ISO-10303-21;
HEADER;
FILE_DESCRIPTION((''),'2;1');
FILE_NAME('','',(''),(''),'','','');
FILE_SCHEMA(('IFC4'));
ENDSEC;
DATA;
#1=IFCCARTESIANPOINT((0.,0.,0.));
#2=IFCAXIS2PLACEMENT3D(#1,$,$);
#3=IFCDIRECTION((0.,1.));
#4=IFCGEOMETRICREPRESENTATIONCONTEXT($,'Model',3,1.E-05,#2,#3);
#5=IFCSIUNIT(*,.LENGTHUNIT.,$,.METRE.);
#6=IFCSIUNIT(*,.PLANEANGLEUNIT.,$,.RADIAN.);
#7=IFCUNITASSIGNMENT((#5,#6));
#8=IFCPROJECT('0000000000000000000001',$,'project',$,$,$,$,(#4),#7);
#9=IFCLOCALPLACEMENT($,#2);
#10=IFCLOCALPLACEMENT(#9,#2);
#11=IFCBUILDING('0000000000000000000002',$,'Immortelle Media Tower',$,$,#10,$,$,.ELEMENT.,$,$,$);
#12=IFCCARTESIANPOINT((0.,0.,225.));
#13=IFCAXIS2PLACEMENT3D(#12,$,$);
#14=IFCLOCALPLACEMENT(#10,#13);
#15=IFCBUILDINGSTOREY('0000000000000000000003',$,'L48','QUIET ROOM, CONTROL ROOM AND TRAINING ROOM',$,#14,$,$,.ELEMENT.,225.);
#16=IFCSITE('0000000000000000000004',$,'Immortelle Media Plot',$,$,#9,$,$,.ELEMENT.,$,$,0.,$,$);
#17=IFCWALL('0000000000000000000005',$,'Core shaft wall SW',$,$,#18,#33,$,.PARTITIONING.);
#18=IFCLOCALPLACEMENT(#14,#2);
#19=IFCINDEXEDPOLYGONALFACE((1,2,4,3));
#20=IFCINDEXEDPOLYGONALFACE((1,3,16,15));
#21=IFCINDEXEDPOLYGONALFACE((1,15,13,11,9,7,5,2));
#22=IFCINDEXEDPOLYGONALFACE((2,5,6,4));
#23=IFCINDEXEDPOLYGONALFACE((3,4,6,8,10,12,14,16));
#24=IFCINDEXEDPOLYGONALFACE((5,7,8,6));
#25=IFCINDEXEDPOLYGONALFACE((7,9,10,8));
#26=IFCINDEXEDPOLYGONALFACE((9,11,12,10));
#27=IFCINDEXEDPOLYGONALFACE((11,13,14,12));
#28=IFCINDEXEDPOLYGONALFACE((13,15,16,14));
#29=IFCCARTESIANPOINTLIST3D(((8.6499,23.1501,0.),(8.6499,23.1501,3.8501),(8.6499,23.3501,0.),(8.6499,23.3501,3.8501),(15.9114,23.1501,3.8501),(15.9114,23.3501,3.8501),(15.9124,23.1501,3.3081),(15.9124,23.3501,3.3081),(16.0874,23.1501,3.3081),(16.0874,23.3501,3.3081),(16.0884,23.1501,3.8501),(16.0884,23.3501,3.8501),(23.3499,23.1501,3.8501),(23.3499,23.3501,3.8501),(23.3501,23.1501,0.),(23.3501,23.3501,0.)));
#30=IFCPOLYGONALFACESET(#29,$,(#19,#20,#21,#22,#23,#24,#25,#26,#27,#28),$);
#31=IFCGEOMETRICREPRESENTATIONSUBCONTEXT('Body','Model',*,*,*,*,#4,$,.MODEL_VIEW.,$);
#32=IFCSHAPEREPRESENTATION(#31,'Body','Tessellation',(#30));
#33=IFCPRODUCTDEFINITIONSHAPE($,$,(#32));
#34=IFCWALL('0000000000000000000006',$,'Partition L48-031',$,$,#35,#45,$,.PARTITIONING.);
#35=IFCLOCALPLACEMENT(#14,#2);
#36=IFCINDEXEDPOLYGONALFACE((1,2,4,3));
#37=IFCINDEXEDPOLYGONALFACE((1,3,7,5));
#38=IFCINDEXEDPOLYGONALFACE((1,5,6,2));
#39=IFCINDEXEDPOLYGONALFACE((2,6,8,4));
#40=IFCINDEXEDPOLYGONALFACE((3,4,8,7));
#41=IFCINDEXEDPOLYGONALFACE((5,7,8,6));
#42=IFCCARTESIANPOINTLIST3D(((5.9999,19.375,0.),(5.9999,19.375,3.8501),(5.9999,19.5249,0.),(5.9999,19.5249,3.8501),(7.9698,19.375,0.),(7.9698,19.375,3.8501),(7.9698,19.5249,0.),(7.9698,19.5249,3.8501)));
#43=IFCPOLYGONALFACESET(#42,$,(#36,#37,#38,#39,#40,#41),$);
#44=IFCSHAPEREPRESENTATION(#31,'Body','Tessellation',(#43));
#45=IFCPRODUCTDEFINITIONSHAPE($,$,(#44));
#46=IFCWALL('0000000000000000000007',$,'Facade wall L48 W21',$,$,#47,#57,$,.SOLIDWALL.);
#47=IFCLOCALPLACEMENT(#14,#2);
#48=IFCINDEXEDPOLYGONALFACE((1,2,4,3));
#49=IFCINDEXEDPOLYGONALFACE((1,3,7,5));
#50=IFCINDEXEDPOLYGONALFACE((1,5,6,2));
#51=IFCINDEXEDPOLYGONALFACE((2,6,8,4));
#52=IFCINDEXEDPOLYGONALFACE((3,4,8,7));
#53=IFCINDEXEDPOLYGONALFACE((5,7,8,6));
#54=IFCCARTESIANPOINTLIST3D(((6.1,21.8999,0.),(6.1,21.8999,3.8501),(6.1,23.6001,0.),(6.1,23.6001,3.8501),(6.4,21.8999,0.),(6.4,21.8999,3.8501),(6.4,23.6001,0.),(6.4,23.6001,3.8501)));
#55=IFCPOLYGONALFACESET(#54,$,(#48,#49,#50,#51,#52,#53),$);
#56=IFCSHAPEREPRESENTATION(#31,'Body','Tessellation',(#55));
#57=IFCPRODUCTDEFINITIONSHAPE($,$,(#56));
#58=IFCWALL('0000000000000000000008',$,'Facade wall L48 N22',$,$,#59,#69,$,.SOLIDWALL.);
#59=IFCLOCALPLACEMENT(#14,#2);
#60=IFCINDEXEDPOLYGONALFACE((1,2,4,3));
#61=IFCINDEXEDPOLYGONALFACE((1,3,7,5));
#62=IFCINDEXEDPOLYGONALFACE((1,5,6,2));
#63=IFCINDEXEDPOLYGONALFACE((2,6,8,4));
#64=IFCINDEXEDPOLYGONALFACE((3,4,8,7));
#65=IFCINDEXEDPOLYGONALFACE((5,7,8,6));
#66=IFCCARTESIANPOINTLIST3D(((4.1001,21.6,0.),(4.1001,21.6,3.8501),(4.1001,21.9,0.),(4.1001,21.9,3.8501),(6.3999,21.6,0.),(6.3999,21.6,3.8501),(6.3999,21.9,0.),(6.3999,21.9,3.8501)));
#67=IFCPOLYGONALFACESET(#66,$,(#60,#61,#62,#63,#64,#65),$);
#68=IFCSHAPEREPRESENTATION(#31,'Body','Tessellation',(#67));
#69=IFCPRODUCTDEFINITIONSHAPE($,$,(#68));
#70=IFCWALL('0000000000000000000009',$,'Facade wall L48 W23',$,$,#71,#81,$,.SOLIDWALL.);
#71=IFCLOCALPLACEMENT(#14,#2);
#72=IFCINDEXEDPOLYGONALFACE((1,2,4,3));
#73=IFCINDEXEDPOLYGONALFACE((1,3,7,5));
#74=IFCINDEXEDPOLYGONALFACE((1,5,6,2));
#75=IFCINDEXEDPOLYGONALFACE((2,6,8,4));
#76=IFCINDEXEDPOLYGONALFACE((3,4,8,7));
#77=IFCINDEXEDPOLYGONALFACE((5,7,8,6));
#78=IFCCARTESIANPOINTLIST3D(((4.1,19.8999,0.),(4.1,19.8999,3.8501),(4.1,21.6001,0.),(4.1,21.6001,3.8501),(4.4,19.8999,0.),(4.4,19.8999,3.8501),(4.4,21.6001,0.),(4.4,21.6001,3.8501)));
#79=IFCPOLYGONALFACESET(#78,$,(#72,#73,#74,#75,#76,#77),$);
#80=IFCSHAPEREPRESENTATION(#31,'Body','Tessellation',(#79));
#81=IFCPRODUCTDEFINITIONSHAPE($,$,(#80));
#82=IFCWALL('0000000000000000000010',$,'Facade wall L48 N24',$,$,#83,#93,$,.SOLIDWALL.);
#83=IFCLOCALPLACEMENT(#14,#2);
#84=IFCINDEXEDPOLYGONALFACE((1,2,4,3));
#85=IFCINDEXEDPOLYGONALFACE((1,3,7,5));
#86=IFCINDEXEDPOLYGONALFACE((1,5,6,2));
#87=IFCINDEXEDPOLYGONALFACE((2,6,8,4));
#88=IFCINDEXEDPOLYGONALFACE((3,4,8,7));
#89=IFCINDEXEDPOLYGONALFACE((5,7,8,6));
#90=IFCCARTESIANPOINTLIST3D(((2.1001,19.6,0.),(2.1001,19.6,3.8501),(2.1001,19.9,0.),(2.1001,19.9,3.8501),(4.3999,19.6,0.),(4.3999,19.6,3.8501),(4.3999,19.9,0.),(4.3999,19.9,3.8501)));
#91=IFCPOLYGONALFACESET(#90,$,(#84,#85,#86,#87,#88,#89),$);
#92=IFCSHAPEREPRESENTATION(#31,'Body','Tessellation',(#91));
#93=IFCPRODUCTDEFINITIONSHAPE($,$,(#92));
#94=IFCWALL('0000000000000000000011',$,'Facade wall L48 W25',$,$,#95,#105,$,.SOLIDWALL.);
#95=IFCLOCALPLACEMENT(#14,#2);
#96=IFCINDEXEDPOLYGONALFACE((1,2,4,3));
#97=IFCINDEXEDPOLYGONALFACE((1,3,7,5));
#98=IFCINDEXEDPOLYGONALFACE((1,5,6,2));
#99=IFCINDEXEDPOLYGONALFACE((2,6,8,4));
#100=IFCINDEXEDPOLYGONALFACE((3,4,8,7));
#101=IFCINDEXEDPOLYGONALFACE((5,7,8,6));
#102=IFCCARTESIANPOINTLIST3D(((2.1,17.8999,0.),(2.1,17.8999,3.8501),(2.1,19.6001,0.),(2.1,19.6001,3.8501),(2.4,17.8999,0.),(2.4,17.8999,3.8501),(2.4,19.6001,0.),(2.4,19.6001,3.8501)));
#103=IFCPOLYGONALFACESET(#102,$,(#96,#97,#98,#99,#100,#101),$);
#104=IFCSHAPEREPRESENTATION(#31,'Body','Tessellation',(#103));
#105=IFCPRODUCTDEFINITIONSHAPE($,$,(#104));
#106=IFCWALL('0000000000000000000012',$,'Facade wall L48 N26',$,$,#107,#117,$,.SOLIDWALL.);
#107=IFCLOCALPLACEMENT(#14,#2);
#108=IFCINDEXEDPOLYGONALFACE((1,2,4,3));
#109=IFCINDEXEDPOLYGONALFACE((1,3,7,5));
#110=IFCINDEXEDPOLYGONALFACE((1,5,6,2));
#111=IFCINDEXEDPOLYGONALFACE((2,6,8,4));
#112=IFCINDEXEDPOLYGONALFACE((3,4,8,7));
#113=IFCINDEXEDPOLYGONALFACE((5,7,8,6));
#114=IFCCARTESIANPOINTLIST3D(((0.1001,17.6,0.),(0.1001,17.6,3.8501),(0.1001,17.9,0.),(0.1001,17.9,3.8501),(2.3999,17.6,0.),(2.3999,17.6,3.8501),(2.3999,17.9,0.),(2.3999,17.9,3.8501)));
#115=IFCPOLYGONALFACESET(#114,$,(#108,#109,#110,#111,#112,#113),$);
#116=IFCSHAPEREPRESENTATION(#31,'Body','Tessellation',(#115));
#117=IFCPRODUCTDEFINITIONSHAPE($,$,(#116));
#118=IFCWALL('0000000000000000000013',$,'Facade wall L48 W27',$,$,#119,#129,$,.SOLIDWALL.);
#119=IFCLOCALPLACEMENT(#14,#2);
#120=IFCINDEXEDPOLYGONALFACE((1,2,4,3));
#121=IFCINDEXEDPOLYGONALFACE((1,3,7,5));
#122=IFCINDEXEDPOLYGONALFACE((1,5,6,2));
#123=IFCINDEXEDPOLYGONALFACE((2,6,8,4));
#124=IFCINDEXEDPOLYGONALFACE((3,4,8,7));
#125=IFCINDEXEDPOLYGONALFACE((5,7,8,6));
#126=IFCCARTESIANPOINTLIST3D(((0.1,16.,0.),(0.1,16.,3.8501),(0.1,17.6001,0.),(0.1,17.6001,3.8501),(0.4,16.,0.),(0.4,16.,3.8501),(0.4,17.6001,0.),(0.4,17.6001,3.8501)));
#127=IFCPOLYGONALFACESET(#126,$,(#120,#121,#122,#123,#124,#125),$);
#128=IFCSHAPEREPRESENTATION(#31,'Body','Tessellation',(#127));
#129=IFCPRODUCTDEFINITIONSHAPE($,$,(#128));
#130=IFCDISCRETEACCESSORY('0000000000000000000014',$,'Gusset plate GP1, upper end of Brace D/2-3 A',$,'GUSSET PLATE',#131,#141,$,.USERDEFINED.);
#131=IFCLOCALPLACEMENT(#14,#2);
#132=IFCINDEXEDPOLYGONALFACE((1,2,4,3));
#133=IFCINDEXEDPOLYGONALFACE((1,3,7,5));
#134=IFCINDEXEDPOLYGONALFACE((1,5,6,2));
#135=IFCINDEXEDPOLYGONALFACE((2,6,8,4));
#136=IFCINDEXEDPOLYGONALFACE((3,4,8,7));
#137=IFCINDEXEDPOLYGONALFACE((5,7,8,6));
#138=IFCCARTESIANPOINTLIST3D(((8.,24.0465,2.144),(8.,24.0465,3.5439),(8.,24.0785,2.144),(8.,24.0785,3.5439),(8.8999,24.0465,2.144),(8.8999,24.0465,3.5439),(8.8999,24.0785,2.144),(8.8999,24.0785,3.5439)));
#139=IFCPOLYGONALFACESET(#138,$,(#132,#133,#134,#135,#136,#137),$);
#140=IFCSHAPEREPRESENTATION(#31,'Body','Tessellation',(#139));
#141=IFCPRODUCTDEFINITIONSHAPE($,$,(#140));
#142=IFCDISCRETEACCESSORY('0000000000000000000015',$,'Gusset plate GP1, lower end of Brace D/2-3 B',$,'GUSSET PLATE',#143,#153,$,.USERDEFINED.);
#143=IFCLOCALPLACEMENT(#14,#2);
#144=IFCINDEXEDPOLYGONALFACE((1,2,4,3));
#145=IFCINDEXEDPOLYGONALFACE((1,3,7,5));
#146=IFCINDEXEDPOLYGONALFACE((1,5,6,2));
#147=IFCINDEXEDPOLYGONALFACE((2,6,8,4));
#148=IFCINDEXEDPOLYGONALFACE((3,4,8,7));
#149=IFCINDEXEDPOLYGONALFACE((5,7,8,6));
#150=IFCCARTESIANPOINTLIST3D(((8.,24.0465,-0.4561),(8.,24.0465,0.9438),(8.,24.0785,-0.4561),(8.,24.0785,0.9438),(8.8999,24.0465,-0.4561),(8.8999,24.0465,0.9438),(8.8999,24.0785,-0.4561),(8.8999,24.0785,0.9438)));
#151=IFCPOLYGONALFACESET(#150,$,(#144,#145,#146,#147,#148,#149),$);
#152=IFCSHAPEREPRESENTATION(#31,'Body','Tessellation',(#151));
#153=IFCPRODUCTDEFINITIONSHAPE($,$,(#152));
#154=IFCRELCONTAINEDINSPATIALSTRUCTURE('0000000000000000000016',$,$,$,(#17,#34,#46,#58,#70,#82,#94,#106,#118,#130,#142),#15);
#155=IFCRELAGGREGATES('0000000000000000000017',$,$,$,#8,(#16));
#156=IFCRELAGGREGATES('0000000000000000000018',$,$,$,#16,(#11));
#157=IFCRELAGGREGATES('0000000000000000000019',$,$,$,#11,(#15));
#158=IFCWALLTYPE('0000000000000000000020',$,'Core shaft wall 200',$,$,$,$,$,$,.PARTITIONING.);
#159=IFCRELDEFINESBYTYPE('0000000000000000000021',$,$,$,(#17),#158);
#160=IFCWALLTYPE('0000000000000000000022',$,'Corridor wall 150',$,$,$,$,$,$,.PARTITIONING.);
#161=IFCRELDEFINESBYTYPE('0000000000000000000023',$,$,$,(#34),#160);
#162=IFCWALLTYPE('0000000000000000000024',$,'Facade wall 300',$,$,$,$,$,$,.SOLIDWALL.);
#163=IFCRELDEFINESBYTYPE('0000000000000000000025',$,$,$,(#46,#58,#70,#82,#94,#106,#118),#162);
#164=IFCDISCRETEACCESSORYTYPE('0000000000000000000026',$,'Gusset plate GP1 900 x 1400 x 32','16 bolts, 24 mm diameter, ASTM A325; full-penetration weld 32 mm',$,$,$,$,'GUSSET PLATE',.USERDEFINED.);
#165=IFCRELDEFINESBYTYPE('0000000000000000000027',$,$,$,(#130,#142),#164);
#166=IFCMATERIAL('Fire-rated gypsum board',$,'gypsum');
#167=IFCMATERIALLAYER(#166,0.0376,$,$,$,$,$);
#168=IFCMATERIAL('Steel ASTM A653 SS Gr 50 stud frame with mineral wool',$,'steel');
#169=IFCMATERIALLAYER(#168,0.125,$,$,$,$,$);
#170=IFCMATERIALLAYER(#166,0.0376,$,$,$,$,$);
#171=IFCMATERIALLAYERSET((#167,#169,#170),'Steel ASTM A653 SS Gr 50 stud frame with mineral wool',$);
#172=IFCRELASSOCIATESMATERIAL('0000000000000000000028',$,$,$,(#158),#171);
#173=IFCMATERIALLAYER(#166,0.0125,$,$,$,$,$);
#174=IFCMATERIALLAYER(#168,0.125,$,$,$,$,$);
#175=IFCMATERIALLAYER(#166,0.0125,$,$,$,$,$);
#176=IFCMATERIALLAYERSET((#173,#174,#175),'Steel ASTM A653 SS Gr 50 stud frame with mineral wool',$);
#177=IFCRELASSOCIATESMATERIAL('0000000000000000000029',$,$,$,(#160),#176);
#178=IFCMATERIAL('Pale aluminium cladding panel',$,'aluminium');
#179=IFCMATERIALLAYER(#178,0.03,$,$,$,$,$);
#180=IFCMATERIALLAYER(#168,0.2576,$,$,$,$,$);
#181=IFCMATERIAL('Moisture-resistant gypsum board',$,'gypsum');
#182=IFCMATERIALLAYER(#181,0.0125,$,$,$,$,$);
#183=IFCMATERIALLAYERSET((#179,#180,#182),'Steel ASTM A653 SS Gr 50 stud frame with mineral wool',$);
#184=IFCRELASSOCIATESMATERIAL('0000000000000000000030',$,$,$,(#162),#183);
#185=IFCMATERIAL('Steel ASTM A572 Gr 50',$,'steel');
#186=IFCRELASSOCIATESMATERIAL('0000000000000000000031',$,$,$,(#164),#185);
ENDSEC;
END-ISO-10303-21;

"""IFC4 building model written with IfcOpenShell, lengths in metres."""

from ifc_helpers import new_model, si_unit, direction, frame, frame_2d, origin, origin_2d, place, context, subcontext, project, spatial, polyline, rectangle, outline, extrude, material, layer, layer_set, material_profile, profile_set, type_object, element, save


model = new_model("IFC4")

# Units and contexts
model_context = context("Model", 3, precision=1e-05, world=origin(), true_north=direction((0.0, 1.0)))
body_context = subcontext(model_context, "Body", "Model", "MODEL_VIEW")
ifc_project = project(units=[si_unit("LENGTHUNIT", "METRE"), si_unit("PLANEANGLEUNIT", "RADIAN")], contexts=[model_context])

# Site, building, storey
site_placement = place(None, origin())
site = spatial("IfcSite", under=ifc_project, at=site_placement, Name="Immortelle Media Plot", CompositionType="ELEMENT", RefElevation=0.0)
building_placement = place(site_placement, origin())
building = spatial("IfcBuilding", under=site, at=building_placement, Name="Immortelle Media Tower", CompositionType="ELEMENT")
storey_placement = place(building_placement, frame((0.0, 0.0, 225.0)))
storey = spatial("IfcBuildingStorey", under=building, at=storey_placement, Name="L48", Description="QUIET ROOM, CONTROL ROOM AND TRAINING ROOM", CompositionType="ELEMENT", Elevation=225.0)

# Walls
ifc_material_1 = material(Name="Fire-rated gypsum board", Category="gypsum")
ifc_layer_1 = layer(ifc_material_1, 0.0376)
ifc_material_2 = material(Name="Steel ASTM A653 SS Gr 50 stud frame with mineral wool", Category="steel")
ifc_layer_2 = layer(ifc_material_2, 0.125)
ifc_layer_3 = layer(ifc_material_1, 0.0376)
ifc_layer_set_1 = layer_set([ifc_layer_1, ifc_layer_2, ifc_layer_3], Name="Steel ASTM A653 SS Gr 50 stud frame with mineral wool")
wall_type_1 = type_object("IfcWallType", Name="Core shaft wall 200", PredefinedType="PARTITIONING", material=ifc_layer_set_1)
wall_1_placement = place(storey_placement, frame((8.6499, 23.25, 0.0), z_axis=(0.0, 0.0, 1.0), x_axis=(1.0, 0.0, 0.0)))
element("IfcWall", 1, at=wall_1_placement, inside=storey, type_object=wall_type_1, Name="Core shaft wall SW", PredefinedType="PARTITIONING", context=body_context, shape_type="SweptSolid", body=[
    extrude(outline(polyline([(0.0, 0.0), (14.7002, 0.0), (14.7, 3.8501), (7.4385, 3.8501), (7.4375, 3.3081), (7.2625, 3.3081), (7.2615, 3.8501), (0.0, 3.8501), (0.0, 0.0)])), frame((0.0, 0.1001, 0.0), z_axis=(0.0, -1.0, 0.0), x_axis=(1.0, 0.0, 0.0)), (0.0, 0.0, 1.0), 0.2),
])
ifc_layer_4 = layer(ifc_material_1, 0.0125)
ifc_layer_5 = layer(ifc_material_2, 0.125)
ifc_layer_6 = layer(ifc_material_1, 0.0125)
ifc_layer_set_2 = layer_set([ifc_layer_4, ifc_layer_5, ifc_layer_6], Name="Steel ASTM A653 SS Gr 50 stud frame with mineral wool")
wall_type_2 = type_object("IfcWallType", Name="Corridor wall 150", PredefinedType="PARTITIONING", material=ifc_layer_set_2)
wall_2_placement = place(storey_placement, frame((6.0, 19.45, 0.0), z_axis=(0.0, 0.0, 1.0), x_axis=(1.0, 0.0, 0.0)))
element("IfcWall", 2, at=wall_2_placement, inside=storey, type_object=wall_type_2, Name="Partition L48-031", PredefinedType="PARTITIONING", context=body_context, shape_type="SweptSolid", body=[
    extrude(rectangle(XDim=1.97, YDim=0.1499, at=frame_2d((0.9849, 0.0))), origin(), (0.0, 0.0, 1.0), 3.8501),
])
ifc_material_3 = material(Name="Pale aluminium cladding panel", Category="aluminium")
ifc_layer_7 = layer(ifc_material_3, 0.03)
ifc_layer_8 = layer(ifc_material_2, 0.2576)
ifc_material_4 = material(Name="Moisture-resistant gypsum board", Category="gypsum")
ifc_layer_9 = layer(ifc_material_4, 0.0125)
ifc_layer_set_3 = layer_set([ifc_layer_7, ifc_layer_8, ifc_layer_9], Name="Steel ASTM A653 SS Gr 50 stud frame with mineral wool")
wall_type_3 = type_object("IfcWallType", Name="Facade wall 300", PredefinedType="SOLIDWALL", material=ifc_layer_set_3)
wall_3_placement = place(storey_placement, frame((6.25, 23.6001, 0.0), z_axis=(0.0, 0.0, 1.0), x_axis=(0.0, -1.0, 0.0)))
element("IfcWall", 3, at=wall_3_placement, inside=storey, type_object=wall_type_3, Name="Facade wall L48 W21", PredefinedType="SOLIDWALL", context=body_context, shape_type="SweptSolid", body=[
    extrude(rectangle(XDim=1.7002, YDim=0.3, at=frame_2d((0.8501, 0.0))), origin(), (0.0, 0.0, 1.0), 3.8501),
])
wall_4_placement = place(storey_placement, frame((6.3999, 21.75, 0.0), z_axis=(0.0, 0.0, 1.0), x_axis=(-1.0, 0.0, 0.0)))
element("IfcWall", 4, at=wall_4_placement, inside=storey, type_object=wall_type_3, Name="Facade wall L48 N22", PredefinedType="SOLIDWALL", context=body_context, shape_type="SweptSolid", body=[
    extrude(rectangle(XDim=2.2998, YDim=0.3, at=frame_2d((1.1499, 0.0))), origin(), (0.0, 0.0, 1.0), 3.8501),
])
wall_5_placement = place(storey_placement, frame((4.25, 21.6001, 0.0), z_axis=(0.0, 0.0, 1.0), x_axis=(0.0, -1.0, 0.0)))
element("IfcWall", 5, at=wall_5_placement, inside=storey, type_object=wall_type_3, Name="Facade wall L48 W23", PredefinedType="SOLIDWALL", context=body_context, shape_type="SweptSolid", body=[
    extrude(rectangle(XDim=1.7002, YDim=0.3, at=frame_2d((0.8501, 0.0))), origin(), (0.0, 0.0, 1.0), 3.8501),
])
wall_6_placement = place(storey_placement, frame((4.3999, 19.75, 0.0), z_axis=(0.0, 0.0, 1.0), x_axis=(-1.0, 0.0, 0.0)))
element("IfcWall", 6, at=wall_6_placement, inside=storey, type_object=wall_type_3, Name="Facade wall L48 N24", PredefinedType="SOLIDWALL", context=body_context, shape_type="SweptSolid", body=[
    extrude(rectangle(XDim=2.2998, YDim=0.3, at=frame_2d((1.1499, 0.0))), origin(), (0.0, 0.0, 1.0), 3.8501),
])
wall_7_placement = place(storey_placement, frame((2.25, 19.6001, 0.0), z_axis=(0.0, 0.0, 1.0), x_axis=(0.0, -1.0, 0.0)))
element("IfcWall", 7, at=wall_7_placement, inside=storey, type_object=wall_type_3, Name="Facade wall L48 W25", PredefinedType="SOLIDWALL", context=body_context, shape_type="SweptSolid", body=[
    extrude(rectangle(XDim=1.7002, YDim=0.3, at=frame_2d((0.8501, 0.0))), origin(), (0.0, 0.0, 1.0), 3.8501),
])
wall_8_placement = place(storey_placement, frame((2.3999, 17.75, 0.0), z_axis=(0.0, 0.0, 1.0), x_axis=(-1.0, 0.0, 0.0)))
element("IfcWall", 8, at=wall_8_placement, inside=storey, type_object=wall_type_3, Name="Facade wall L48 N26", PredefinedType="SOLIDWALL", context=body_context, shape_type="SweptSolid", body=[
    extrude(rectangle(XDim=2.2998, YDim=0.3, at=frame_2d((1.1499, 0.0))), origin(), (0.0, 0.0, 1.0), 3.8501),
])
wall_9_placement = place(storey_placement, frame((0.25, 17.6001, 0.0), z_axis=(0.0, 0.0, 1.0), x_axis=(0.0, -1.0, 0.0)))
element("IfcWall", 9, at=wall_9_placement, inside=storey, type_object=wall_type_3, Name="Facade wall L48 W27", PredefinedType="SOLIDWALL", context=body_context, shape_type="SweptSolid", body=[
    extrude(rectangle(XDim=1.6001, YDim=0.3, at=frame_2d((0.8, 0.0))), origin(), (0.0, 0.0, 1.0), 3.8501),
])

# Discrete accessories
ifc_material_5 = material(Name="Steel ASTM A572 Gr 50", Category="steel")
ifc_material_profile_1 = material_profile(ifc_material_5, rectangle(XDim=0.032, YDim=1.3999, at=origin_2d()), Name="PL 32 x 1400")
ifc_profile_set_1 = profile_set([ifc_material_profile_1], Name="Steel ASTM A572 Gr 50")
discrete_accessory_type = type_object("IfcDiscreteAccessoryType", Name="Gusset plate GP1 900 x 1400 x 32", Description="16 bolts, 24 mm diameter, ASTM A325; full-penetration weld 32 mm", ElementType="GUSSET PLATE", PredefinedType="USERDEFINED", material=ifc_profile_set_1)
for number, where, z_axis, x_axis, name in (
    (10, (8.0, 24.0625, 2.844), (1.0, 0.0, 0.0), (0.0, 1.0, 0.0), "Gusset plate GP1, upper end of Brace D/2-3 A"),
    (11, (8.0, 24.0625, 0.2439), (1.0, 0.0, 0.0), (0.0, 1.0, 0.0), "Gusset plate GP1, lower end of Brace D/2-3 B"),
):
    element("IfcDiscreteAccessory", number, at=place(storey_placement, frame(where, z_axis=z_axis, x_axis=x_axis)), inside=storey, type_object=discrete_accessory_type, Name=name, ObjectType="GUSSET PLATE", PredefinedType="USERDEFINED", context=body_context, shape_type="SweptSolid", body=[
        extrude(rectangle(XDim=0.032, YDim=1.3999, at=origin_2d()), origin(), (0.0, 0.0, 1.0), 0.8999),
    ])

save(model, "model.ifc")
